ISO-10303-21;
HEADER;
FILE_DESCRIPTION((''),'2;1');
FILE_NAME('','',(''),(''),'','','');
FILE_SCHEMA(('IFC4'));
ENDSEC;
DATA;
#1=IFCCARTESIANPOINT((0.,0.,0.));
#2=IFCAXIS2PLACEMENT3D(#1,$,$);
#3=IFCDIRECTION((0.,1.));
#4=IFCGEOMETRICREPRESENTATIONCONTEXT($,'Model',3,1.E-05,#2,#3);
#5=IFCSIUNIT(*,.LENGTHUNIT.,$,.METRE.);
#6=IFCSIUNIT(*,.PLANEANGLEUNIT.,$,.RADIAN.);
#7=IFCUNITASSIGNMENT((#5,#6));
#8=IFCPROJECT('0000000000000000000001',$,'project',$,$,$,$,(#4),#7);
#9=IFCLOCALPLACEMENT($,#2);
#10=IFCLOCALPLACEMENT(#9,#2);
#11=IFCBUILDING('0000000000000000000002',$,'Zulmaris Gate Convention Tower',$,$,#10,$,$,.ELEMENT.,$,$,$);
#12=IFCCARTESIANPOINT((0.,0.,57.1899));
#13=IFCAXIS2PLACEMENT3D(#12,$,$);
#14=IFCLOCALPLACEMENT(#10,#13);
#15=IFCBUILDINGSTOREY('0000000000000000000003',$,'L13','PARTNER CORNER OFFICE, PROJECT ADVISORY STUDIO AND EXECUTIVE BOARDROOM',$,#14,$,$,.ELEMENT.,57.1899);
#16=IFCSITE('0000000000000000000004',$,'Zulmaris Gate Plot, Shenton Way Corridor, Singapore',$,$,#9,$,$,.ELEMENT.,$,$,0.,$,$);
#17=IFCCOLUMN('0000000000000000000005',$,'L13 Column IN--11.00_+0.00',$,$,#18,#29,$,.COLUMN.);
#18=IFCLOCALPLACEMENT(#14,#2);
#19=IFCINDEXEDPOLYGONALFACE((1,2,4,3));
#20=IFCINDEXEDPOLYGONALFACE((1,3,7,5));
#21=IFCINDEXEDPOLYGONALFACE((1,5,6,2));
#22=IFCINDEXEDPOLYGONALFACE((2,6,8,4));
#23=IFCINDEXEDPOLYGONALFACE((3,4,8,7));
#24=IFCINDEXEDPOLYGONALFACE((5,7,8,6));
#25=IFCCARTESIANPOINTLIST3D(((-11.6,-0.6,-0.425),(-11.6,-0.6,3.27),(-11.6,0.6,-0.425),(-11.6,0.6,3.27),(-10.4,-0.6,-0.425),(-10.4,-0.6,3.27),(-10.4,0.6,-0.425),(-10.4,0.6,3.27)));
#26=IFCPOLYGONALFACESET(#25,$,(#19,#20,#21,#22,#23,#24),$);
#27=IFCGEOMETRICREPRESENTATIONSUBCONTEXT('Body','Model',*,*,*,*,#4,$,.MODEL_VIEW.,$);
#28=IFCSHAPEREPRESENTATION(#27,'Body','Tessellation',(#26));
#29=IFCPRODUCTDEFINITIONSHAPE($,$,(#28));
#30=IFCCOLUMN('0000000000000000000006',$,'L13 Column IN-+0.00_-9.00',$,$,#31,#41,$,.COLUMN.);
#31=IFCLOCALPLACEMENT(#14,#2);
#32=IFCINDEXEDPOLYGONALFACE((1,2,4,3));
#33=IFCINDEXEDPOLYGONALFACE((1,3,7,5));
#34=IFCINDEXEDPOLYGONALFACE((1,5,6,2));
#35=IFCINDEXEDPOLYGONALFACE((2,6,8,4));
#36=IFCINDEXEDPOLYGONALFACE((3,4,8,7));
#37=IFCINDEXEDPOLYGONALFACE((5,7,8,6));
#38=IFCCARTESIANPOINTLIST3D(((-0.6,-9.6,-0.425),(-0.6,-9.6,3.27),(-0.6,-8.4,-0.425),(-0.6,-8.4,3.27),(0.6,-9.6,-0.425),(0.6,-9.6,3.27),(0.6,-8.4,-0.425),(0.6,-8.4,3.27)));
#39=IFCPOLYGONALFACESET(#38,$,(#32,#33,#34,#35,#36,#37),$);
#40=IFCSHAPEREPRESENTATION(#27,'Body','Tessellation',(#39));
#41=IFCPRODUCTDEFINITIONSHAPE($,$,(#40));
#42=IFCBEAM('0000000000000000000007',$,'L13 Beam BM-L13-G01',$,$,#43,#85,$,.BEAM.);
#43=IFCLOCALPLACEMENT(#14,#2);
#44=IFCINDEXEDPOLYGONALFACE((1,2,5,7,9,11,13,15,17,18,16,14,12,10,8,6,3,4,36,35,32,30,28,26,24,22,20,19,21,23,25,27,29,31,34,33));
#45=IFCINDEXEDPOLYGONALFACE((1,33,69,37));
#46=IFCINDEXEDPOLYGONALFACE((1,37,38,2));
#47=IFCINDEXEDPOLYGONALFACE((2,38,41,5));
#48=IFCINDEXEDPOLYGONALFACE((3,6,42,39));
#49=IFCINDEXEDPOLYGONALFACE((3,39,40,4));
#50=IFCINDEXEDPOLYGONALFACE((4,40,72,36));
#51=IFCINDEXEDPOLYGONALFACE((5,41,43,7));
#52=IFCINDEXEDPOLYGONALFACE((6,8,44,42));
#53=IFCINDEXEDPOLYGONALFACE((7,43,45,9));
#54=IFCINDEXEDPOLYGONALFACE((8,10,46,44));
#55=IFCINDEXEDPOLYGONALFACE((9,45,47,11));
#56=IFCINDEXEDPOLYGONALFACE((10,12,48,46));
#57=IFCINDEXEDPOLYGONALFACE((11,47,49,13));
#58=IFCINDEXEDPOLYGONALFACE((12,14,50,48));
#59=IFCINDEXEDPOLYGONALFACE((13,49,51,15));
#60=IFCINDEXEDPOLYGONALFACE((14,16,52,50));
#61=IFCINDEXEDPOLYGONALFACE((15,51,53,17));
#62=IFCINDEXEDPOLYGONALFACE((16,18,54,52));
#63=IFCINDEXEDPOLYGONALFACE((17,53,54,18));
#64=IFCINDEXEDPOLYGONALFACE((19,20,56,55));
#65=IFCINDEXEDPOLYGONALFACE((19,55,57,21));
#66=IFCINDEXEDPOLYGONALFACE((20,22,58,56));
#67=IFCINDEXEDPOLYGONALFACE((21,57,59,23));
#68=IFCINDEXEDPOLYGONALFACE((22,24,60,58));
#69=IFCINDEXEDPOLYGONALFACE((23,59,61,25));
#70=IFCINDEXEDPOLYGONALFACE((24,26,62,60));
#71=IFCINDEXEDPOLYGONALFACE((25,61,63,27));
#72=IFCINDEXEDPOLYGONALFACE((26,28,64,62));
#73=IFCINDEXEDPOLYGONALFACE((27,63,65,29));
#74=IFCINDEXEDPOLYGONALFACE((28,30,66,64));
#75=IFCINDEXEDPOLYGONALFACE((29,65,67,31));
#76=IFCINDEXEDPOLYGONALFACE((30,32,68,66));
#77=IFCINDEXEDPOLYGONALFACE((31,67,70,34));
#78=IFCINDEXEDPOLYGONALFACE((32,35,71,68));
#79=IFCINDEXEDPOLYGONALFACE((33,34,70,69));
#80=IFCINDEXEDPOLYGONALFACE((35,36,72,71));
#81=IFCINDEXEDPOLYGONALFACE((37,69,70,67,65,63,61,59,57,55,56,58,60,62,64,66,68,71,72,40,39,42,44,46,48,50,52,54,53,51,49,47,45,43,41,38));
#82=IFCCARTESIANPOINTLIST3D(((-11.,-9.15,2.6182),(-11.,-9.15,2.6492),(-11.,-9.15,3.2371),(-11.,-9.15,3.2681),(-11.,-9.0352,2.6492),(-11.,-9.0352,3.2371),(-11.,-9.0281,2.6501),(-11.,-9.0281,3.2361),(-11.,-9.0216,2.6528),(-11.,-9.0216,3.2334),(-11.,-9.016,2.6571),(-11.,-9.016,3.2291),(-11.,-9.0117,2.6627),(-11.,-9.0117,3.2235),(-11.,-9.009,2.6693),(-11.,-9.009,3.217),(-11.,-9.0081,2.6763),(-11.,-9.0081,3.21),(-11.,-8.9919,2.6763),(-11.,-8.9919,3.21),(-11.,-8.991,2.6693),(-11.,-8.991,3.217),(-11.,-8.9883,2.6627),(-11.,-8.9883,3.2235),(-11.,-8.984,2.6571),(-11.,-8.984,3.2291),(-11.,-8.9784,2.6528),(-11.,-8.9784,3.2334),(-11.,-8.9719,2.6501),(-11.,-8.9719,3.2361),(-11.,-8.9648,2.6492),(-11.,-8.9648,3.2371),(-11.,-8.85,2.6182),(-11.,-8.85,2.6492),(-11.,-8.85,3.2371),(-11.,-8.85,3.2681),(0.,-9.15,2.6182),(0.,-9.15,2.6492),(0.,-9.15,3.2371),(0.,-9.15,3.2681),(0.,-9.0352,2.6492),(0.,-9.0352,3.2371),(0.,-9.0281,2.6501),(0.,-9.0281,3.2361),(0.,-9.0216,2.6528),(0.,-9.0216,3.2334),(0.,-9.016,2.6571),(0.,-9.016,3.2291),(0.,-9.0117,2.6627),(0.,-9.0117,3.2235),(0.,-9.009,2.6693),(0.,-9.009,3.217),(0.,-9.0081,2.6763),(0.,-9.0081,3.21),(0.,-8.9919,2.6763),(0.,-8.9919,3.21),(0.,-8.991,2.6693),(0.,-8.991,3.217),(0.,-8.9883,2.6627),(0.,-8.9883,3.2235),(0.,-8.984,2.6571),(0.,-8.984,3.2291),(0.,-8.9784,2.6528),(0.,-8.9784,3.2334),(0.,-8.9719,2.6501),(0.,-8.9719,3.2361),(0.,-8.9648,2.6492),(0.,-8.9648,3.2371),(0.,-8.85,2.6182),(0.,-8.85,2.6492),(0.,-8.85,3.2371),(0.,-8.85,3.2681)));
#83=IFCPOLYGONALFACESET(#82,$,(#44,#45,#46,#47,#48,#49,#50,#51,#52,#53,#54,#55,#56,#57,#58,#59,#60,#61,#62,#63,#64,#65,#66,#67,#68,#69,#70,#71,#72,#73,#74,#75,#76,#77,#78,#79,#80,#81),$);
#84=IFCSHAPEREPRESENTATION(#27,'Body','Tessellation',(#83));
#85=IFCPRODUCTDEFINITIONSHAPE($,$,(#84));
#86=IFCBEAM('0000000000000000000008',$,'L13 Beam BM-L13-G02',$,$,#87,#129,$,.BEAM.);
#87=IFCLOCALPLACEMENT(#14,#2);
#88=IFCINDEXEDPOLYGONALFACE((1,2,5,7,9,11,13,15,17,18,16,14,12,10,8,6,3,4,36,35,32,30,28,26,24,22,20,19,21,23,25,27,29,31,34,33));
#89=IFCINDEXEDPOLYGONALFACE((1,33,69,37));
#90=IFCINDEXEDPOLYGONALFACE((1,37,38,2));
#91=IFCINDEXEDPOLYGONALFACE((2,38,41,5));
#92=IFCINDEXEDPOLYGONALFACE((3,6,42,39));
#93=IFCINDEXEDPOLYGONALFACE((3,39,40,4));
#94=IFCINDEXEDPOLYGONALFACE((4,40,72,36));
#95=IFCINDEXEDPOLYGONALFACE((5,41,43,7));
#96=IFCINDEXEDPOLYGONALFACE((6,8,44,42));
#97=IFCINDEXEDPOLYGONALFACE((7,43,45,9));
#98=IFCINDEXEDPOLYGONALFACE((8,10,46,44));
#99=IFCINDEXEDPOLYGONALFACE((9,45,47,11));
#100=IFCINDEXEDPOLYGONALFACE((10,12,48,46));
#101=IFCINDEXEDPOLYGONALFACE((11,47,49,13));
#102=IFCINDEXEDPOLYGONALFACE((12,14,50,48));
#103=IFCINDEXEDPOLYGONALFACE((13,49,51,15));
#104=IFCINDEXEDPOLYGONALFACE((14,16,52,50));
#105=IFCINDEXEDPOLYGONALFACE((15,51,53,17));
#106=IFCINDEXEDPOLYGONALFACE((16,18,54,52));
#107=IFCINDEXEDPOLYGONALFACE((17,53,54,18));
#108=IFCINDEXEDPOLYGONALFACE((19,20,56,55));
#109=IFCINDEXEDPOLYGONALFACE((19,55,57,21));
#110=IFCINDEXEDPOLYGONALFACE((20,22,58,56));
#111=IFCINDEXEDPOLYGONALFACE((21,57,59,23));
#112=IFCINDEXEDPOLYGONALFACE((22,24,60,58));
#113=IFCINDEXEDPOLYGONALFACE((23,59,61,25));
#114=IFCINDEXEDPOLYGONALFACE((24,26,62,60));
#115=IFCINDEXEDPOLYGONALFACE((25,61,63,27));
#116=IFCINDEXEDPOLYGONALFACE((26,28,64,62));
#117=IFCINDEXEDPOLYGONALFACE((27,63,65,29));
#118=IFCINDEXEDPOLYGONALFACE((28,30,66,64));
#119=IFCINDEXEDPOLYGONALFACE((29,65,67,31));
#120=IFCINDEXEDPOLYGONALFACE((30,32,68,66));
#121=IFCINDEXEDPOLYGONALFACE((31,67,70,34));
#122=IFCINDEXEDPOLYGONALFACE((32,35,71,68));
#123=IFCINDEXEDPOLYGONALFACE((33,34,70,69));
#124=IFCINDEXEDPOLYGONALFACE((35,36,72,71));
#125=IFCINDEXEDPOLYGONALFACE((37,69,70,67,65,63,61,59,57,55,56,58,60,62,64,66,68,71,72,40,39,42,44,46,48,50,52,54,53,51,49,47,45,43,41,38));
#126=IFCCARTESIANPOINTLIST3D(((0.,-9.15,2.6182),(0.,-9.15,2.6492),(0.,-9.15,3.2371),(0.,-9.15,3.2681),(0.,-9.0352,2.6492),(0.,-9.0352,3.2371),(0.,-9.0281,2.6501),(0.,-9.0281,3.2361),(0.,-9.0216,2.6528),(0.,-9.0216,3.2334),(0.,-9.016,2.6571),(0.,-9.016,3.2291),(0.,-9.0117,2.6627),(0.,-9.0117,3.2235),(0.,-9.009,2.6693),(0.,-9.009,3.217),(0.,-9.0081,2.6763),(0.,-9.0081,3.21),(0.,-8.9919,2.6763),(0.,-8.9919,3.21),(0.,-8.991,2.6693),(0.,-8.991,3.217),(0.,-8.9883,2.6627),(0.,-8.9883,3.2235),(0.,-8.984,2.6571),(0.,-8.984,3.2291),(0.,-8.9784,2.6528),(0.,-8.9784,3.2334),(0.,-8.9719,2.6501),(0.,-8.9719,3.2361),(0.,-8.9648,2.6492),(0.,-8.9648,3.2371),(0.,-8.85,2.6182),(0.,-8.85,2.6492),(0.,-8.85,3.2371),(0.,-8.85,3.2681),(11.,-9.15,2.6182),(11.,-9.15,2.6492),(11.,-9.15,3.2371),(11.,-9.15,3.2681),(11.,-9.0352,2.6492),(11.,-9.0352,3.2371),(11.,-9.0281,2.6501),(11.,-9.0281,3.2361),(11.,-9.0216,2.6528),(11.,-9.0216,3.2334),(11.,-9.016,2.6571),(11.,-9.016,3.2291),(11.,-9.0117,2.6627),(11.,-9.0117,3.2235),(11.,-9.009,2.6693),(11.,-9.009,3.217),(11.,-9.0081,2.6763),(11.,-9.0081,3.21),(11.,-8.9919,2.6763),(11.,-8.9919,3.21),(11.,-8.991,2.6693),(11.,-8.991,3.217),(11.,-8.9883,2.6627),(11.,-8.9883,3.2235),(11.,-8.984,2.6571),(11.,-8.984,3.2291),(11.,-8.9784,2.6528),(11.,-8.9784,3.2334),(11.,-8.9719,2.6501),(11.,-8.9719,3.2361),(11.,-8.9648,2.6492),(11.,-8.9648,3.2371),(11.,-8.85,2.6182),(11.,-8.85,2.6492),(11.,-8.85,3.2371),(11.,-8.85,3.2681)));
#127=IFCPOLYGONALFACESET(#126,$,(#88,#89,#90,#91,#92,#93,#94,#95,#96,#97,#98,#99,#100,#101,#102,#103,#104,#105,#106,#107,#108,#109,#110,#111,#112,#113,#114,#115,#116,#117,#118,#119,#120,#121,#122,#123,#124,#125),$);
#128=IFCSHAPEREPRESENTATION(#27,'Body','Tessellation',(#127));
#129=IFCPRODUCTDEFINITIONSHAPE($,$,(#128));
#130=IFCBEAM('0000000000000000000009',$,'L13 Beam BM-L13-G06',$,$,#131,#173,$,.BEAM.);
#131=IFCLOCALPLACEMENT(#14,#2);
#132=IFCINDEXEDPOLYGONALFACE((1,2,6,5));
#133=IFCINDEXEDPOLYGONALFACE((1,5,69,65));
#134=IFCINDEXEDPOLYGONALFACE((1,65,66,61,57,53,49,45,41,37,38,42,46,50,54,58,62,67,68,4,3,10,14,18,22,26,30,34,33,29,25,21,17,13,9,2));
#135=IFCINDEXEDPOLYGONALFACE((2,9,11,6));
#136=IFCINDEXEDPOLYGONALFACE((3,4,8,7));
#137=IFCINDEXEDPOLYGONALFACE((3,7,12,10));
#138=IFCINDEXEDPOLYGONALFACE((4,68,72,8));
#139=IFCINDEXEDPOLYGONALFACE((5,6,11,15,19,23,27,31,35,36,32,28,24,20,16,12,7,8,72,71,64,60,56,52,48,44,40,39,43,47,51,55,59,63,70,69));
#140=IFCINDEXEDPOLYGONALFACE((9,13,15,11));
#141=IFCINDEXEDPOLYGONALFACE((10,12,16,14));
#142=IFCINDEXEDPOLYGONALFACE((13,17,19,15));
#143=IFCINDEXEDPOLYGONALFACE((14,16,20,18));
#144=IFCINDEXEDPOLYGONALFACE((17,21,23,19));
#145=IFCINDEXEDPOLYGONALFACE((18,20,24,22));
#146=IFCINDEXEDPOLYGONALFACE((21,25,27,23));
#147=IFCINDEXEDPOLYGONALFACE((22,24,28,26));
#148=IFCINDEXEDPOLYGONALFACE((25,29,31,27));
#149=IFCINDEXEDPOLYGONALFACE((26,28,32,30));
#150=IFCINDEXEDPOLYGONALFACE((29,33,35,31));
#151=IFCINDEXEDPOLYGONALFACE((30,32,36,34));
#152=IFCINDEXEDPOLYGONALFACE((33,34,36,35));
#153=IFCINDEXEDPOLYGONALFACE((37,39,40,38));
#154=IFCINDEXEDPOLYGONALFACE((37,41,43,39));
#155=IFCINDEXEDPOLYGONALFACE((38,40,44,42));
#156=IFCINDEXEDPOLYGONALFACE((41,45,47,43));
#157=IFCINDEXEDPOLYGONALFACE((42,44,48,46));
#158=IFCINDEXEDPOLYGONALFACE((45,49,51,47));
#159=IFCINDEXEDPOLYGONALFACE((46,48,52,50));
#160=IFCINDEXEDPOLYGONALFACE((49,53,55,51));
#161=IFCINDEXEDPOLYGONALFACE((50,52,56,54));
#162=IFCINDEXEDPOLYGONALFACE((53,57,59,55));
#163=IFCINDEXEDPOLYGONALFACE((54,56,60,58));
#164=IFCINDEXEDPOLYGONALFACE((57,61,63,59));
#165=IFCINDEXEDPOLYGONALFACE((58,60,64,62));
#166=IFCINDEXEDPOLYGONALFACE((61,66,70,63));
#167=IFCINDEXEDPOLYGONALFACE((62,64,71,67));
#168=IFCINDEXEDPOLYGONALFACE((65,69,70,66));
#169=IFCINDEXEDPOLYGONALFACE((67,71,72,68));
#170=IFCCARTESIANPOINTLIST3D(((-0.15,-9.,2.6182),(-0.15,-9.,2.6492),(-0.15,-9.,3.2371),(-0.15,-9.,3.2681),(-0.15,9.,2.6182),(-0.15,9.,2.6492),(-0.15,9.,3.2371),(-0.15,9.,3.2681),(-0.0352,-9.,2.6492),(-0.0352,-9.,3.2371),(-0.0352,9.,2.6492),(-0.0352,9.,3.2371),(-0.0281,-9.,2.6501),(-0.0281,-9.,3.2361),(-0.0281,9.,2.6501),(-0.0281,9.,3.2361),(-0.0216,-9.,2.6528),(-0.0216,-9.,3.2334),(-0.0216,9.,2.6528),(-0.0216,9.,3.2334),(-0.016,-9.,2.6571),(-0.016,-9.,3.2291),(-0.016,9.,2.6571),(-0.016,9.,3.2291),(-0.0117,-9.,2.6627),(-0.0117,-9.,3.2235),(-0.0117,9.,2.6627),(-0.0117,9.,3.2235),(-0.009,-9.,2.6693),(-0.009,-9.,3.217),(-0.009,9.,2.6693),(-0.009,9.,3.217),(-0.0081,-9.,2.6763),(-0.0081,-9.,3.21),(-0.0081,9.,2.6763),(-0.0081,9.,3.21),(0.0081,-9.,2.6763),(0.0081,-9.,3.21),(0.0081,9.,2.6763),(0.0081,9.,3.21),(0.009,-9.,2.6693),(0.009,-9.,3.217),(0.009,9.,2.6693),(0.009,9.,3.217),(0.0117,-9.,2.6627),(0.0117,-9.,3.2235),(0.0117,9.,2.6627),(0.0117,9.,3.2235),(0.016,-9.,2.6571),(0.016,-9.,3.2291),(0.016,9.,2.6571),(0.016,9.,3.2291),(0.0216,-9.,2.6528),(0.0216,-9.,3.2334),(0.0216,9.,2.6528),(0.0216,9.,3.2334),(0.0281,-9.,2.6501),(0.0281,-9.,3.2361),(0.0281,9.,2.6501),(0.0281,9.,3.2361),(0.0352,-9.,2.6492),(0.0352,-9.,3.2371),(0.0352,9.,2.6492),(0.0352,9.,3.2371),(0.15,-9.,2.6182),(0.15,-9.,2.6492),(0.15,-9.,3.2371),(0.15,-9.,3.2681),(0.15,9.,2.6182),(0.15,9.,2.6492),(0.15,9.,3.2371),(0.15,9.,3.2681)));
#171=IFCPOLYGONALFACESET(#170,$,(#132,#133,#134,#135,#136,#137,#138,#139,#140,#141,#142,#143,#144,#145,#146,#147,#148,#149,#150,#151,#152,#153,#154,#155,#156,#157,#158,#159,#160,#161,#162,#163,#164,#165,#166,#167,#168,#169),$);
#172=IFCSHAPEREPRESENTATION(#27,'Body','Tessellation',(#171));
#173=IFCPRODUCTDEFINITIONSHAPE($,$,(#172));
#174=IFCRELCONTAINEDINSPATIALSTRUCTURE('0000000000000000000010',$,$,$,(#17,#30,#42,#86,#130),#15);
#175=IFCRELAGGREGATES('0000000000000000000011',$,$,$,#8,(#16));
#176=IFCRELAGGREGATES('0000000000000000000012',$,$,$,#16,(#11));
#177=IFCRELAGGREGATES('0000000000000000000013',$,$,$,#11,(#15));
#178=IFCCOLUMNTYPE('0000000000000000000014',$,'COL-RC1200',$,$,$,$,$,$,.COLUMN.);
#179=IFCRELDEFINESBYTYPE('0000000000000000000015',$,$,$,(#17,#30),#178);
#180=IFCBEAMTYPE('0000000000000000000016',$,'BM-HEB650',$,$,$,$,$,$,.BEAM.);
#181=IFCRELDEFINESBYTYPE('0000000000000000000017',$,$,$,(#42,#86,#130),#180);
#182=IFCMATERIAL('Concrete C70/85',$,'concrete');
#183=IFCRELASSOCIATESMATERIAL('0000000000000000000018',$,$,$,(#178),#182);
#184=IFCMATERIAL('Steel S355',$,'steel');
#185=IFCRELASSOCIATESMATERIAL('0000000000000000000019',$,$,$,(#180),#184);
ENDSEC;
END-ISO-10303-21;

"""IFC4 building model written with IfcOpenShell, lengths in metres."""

from ifc_helpers import new_model, si_unit, direction, frame, origin, origin_2d, place, context, subcontext, project, spatial, rectangle, i_section, extrude, material, material_profile, profile_set, type_object, element, save


model = new_model("IFC4")

# Units and contexts
model_context = context("Model", 3, precision=1e-05, world=origin(), true_north=direction((0.0, 1.0)))
body_context = subcontext(model_context, "Body", "Model", "MODEL_VIEW")
ifc_project = project(units=[si_unit("LENGTHUNIT", "METRE"), si_unit("PLANEANGLEUNIT", "RADIAN")], contexts=[model_context])

# Site, building, storey
site_placement = place(None, origin())
site = spatial("IfcSite", under=ifc_project, at=site_placement, Name="Zulmaris Gate Plot, Shenton Way Corridor, Singapore", CompositionType="ELEMENT", RefElevation=0.0)
building_placement = place(site_placement, origin())
building = spatial("IfcBuilding", under=site, at=building_placement, Name="Zulmaris Gate Convention Tower", CompositionType="ELEMENT")
storey_placement = place(building_placement, frame((0.0, 0.0, 57.1899)))
storey = spatial("IfcBuildingStorey", under=building, at=storey_placement, Name="L13", Description="PARTNER CORNER OFFICE, PROJECT ADVISORY STUDIO AND EXECUTIVE BOARDROOM", CompositionType="ELEMENT", Elevation=57.1899)

# Columns
ifc_material_1 = material(Name="Concrete C70/85", Category="concrete")
ifc_material_profile_1 = material_profile(ifc_material_1, rectangle(XDim=1.2, YDim=1.2, at=origin_2d()), Name="RC COL 1200x1200")
ifc_profile_set_1 = profile_set([ifc_material_profile_1], Name="Concrete C70/85")
column_type = type_object("IfcColumnType", Name="COL-RC1200", PredefinedType="COLUMN", material=ifc_profile_set_1)
for number, where, z_axis, x_axis, name in (
    (1, (-11.0, 0.0, -0.425), (0.0, 0.0, 1.0), (1.0, 0.0, 0.0), "L13 Column IN--11.00_+0.00"),
    (2, (0.0, -9.0, -0.425), (0.0, 0.0, 1.0), (1.0, 0.0, 0.0), "L13 Column IN-+0.00_-9.00"),
):
    element("IfcColumn", number, at=place(storey_placement, frame(where, z_axis=z_axis, x_axis=x_axis)), inside=storey, type_object=column_type, Name=name, PredefinedType="COLUMN", context=body_context, shape_type="SweptSolid", body=[
        extrude(rectangle(XDim=1.2, YDim=1.2, at=origin_2d()), origin(), (0.0, 0.0, 1.0), 3.6951),
    ])

# Beams
ifc_material_2 = material(Name="Steel S355", Category="steel")
ifc_material_profile_2 = material_profile(ifc_material_2, i_section(OverallWidth=0.3, OverallDepth=0.6499, WebThickness=0.0161, FlangeThickness=0.031, FilletRadius=0.0271, at=origin_2d()), Name="HEB 650")
ifc_profile_set_2 = profile_set([ifc_material_profile_2], Name="Steel S355")
beam_type = type_object("IfcBeamType", Name="BM-HEB650", PredefinedType="BEAM", material=ifc_profile_set_2)
for number, where, z_axis, x_axis, name in (
    (3, (-11.0, -9.0, 2.9431), (1.0, 0.0, 0.0), (0.0, 1.0, 0.0), "L13 Beam BM-L13-G01"),
    (4, (0.0, -9.0, 2.9431), (1.0, 0.0, 0.0), (0.0, 1.0, 0.0), "L13 Beam BM-L13-G02"),
):
    element("IfcBeam", number, at=place(storey_placement, frame(where, z_axis=z_axis, x_axis=x_axis)), inside=storey, type_object=beam_type, Name=name, PredefinedType="BEAM", context=body_context, shape_type="SweptSolid", body=[
        extrude(i_section(OverallWidth=0.3, OverallDepth=0.6499, WebThickness=0.0161, FlangeThickness=0.031, FilletRadius=0.0271, at=origin_2d()), origin(), (0.0, 0.0, 1.0), 11.0),
    ])
beam_placement = place(storey_placement, frame((0.0, -9.0, 2.9431), z_axis=(0.0, 1.0, 0.0), x_axis=(-1.0, 0.0, 0.0)))
element("IfcBeam", 5, at=beam_placement, inside=storey, type_object=beam_type, Name="L13 Beam BM-L13-G06", PredefinedType="BEAM", context=body_context, shape_type="SweptSolid", body=[
    extrude(i_section(OverallWidth=0.3, OverallDepth=0.6499, WebThickness=0.0161, FlangeThickness=0.031, FilletRadius=0.0271, at=origin_2d()), origin(), (0.0, 0.0, 1.0), 18.0),
])

save(model, "model.ifc")
